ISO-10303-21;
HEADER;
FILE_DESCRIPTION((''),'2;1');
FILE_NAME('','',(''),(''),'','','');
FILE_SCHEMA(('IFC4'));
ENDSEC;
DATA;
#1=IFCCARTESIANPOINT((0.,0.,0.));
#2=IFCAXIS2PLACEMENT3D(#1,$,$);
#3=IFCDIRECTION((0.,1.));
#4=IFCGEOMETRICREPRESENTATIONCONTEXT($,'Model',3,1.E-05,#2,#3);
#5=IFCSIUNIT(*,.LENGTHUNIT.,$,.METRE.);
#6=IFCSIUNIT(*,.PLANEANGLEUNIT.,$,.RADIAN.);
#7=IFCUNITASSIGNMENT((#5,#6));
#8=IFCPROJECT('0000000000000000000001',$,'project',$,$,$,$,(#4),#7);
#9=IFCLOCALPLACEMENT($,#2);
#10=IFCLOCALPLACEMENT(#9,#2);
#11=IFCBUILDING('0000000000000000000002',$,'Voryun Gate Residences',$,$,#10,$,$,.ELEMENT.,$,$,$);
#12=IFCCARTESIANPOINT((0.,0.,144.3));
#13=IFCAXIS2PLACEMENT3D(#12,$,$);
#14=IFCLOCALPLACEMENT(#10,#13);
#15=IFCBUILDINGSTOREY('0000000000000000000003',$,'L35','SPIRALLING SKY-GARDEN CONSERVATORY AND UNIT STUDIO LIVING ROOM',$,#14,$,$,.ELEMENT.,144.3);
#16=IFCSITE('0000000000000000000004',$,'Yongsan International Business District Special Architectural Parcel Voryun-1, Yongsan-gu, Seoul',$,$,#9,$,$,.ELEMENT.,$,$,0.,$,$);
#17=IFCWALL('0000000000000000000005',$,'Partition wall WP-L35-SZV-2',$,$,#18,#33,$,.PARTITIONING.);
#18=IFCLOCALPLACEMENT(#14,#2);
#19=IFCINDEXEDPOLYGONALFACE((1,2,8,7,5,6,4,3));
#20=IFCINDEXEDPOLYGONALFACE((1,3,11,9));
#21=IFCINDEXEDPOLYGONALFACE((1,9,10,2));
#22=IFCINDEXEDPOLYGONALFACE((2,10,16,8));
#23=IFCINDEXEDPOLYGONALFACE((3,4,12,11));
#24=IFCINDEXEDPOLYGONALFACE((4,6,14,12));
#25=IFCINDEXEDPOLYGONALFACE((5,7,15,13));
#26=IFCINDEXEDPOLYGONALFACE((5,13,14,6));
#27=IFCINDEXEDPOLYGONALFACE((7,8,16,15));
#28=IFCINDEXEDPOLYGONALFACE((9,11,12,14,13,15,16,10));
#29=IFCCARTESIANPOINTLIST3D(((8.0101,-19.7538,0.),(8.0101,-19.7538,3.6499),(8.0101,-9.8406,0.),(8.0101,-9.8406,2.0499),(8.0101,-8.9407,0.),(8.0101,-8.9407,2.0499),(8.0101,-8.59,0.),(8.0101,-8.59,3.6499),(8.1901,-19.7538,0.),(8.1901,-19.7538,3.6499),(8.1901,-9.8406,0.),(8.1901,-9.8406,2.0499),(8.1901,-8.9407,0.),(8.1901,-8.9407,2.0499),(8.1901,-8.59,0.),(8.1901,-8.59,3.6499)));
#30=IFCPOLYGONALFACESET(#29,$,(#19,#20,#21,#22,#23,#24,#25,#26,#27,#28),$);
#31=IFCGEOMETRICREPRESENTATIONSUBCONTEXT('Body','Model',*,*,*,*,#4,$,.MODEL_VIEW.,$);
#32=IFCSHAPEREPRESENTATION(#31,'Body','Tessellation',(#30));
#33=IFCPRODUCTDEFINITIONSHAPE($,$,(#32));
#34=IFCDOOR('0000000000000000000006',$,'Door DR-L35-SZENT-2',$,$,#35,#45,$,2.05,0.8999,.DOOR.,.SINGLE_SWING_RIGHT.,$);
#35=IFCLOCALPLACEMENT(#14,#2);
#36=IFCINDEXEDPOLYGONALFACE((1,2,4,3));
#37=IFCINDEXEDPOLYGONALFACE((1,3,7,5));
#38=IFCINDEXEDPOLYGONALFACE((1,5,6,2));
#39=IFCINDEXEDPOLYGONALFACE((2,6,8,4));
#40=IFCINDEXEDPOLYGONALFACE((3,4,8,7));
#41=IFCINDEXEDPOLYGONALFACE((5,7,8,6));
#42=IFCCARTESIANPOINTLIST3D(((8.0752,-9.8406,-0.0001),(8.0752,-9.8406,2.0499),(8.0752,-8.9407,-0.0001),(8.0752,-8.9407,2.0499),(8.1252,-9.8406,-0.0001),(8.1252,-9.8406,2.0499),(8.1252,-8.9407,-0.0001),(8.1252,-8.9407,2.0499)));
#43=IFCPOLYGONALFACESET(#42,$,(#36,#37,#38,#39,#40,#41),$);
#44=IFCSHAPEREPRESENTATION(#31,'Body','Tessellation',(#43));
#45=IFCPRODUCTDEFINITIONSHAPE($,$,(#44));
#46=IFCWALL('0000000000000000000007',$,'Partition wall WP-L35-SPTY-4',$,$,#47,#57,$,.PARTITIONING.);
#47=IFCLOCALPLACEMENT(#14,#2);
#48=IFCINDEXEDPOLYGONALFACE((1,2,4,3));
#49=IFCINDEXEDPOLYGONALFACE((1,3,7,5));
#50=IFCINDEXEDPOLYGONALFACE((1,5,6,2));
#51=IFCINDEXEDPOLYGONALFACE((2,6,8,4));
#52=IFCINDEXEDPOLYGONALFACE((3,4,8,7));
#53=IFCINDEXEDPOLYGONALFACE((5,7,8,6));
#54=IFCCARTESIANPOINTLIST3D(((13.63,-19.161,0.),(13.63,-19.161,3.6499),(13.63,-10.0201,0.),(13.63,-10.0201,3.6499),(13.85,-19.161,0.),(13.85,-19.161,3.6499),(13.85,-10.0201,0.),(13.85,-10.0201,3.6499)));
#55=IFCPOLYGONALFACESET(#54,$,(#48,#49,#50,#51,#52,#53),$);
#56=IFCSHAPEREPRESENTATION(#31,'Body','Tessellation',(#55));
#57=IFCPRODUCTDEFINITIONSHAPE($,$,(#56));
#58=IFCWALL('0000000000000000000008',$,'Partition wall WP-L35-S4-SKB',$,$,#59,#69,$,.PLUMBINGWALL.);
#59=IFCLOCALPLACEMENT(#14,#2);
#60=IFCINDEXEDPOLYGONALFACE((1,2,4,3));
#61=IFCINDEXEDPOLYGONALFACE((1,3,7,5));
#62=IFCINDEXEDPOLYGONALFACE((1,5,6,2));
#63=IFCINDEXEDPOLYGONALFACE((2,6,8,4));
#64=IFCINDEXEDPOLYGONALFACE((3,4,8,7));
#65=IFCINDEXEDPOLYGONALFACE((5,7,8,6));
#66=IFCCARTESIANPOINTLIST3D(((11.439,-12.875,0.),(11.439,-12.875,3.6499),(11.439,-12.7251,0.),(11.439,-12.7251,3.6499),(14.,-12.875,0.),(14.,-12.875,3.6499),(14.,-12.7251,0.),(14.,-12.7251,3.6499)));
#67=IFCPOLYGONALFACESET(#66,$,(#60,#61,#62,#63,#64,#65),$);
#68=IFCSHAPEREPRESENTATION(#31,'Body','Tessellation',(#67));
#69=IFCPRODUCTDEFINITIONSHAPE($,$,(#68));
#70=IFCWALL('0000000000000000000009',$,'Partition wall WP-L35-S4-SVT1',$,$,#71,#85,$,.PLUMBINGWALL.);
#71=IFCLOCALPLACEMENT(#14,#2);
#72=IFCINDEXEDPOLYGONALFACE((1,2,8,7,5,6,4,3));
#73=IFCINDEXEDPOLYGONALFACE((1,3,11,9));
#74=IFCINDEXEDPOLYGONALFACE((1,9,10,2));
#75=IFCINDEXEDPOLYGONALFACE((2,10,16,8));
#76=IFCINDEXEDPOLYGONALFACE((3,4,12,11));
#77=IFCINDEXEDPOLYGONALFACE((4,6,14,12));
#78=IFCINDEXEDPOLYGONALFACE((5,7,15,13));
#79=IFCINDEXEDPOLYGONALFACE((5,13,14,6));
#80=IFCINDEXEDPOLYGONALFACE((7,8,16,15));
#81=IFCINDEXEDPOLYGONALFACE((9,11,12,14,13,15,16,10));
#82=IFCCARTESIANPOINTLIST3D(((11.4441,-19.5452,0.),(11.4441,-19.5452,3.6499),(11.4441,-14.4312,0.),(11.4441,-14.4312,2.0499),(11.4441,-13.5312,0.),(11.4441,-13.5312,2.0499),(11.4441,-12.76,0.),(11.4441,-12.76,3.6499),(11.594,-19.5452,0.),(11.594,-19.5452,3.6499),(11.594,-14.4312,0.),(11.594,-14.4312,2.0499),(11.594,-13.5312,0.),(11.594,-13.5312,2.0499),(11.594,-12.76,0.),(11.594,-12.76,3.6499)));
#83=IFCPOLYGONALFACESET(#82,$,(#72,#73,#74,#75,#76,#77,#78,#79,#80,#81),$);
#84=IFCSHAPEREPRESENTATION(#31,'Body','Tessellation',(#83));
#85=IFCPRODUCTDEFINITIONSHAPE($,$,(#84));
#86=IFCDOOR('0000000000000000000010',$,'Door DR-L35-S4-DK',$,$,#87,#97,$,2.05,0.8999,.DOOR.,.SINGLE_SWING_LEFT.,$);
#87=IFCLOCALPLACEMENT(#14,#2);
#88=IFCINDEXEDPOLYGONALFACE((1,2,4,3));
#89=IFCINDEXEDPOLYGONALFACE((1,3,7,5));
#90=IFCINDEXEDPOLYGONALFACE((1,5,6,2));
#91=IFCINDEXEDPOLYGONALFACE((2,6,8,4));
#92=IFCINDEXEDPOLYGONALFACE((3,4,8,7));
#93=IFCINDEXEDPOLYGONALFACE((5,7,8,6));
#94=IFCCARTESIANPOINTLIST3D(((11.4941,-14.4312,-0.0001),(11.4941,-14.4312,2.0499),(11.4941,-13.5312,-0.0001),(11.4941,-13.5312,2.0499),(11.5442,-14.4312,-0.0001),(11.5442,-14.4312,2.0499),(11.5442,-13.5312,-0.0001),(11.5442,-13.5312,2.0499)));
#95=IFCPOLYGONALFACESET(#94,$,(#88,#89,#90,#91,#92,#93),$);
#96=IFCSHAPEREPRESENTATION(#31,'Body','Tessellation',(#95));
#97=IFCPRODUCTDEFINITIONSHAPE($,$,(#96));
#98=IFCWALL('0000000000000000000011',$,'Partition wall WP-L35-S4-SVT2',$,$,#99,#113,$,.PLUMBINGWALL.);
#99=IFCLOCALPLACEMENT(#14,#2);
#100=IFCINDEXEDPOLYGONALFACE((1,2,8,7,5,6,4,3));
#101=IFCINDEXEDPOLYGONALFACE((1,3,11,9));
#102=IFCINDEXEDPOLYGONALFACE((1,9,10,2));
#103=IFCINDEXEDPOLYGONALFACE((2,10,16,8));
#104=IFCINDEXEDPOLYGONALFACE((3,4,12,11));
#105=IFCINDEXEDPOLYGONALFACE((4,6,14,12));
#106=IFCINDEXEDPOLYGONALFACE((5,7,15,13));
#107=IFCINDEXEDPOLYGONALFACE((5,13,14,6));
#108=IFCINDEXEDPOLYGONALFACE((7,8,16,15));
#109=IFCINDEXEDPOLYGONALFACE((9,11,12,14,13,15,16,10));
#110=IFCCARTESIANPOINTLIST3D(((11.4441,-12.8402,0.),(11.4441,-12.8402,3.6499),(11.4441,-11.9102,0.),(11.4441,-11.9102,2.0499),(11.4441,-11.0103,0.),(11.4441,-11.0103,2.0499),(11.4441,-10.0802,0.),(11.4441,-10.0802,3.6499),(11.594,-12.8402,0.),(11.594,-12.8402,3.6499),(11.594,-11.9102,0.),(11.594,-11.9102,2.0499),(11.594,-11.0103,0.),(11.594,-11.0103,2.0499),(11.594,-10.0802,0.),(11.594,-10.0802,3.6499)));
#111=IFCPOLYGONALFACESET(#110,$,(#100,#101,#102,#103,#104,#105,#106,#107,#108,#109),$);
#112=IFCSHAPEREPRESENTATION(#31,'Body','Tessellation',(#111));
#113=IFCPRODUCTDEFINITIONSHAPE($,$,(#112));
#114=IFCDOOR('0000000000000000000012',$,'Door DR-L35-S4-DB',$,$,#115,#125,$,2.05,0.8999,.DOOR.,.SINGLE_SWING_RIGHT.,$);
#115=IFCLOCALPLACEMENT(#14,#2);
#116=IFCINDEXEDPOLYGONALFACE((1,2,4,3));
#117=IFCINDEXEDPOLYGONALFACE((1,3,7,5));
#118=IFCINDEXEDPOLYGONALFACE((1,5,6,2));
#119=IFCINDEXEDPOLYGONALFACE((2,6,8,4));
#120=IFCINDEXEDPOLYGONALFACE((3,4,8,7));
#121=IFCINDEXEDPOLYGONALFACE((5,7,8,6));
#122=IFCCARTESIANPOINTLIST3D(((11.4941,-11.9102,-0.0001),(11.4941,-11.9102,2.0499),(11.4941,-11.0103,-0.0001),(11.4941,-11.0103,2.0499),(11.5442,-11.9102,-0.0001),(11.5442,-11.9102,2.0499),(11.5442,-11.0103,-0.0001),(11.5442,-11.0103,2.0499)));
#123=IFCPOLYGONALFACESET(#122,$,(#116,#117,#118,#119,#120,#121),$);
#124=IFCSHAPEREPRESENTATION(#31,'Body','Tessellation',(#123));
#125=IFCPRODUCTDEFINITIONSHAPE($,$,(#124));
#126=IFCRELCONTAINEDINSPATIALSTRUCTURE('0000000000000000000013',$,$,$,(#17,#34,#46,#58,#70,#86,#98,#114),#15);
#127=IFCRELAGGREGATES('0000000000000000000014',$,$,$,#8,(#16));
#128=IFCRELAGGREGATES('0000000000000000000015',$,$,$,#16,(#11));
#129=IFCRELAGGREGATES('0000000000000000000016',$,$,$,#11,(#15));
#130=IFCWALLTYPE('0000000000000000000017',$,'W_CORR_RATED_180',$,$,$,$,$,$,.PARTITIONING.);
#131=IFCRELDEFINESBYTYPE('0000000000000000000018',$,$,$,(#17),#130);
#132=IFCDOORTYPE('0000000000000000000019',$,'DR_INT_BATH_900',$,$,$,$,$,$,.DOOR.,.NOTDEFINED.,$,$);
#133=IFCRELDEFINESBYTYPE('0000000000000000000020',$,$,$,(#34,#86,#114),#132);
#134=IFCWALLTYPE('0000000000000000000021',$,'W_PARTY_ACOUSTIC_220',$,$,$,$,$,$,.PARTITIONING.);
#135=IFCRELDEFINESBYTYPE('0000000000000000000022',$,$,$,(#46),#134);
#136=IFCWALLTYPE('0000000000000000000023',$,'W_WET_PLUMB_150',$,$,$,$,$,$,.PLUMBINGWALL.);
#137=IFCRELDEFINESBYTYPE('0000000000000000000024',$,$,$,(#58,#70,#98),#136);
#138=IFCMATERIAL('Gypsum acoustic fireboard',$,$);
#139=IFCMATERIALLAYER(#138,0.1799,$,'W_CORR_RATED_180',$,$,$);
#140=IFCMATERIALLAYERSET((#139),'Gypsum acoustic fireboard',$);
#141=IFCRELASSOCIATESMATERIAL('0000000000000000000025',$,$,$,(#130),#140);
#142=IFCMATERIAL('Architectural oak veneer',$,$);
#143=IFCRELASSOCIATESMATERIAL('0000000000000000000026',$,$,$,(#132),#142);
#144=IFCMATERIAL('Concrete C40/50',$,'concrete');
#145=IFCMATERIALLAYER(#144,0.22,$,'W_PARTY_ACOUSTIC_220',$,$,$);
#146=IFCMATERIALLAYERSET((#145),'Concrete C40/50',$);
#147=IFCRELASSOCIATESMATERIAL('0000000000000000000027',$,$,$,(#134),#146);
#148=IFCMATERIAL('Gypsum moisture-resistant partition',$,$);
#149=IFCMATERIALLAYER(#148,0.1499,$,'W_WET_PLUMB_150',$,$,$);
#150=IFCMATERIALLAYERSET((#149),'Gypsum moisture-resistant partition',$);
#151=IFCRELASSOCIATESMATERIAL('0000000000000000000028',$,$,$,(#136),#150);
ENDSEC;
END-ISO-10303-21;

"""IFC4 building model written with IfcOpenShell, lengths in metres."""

from ifc_helpers import new_model, si_unit, direction, frame, frame_2d, origin, place, context, subcontext, project, spatial, rectangle, extrude, material, layer, layer_set, type_object, element, fill, save


model = new_model("IFC4")

# Units and contexts
model_context = context("Model", 3, precision=1e-05, world=origin(), true_north=direction((0.0, 1.0)))
body_context = subcontext(model_context, "Body", "Model", "MODEL_VIEW")
ifc_project = project(units=[si_unit("LENGTHUNIT", "METRE"), si_unit("PLANEANGLEUNIT", "RADIAN")], contexts=[model_context])

# Site, building, storey
site_placement = place(None, origin())
site = spatial("IfcSite", under=ifc_project, at=site_placement, Name="Yongsan International Business District Special Architectural Parcel Voryun-1, Yongsan-gu, Seoul", CompositionType="ELEMENT", RefElevation=0.0)
building_placement = place(site_placement, origin())
building = spatial("IfcBuilding", under=site, at=building_placement, Name="Voryun Gate Residences", CompositionType="ELEMENT")
storey_placement = place(building_placement, frame((0.0, 0.0, 144.3)))
storey = spatial("IfcBuildingStorey", under=building, at=storey_placement, Name="L35", Description="SPIRALLING SKY-GARDEN CONSERVATORY AND UNIT STUDIO LIVING ROOM", CompositionType="ELEMENT", Elevation=144.3)

# Shared definitions
ifc_material_1 = material(Name="Gypsum acoustic fireboard")
ifc_layer_1 = layer(ifc_material_1, 0.1799, Name="W_CORR_RATED_180")
ifc_layer_set_1 = layer_set([ifc_layer_1], Name="Gypsum acoustic fireboard")
wall_type_1 = type_object("IfcWallType", Name="W_CORR_RATED_180", PredefinedType="PARTITIONING", material=ifc_layer_set_1)

# Wall, opening, door
wall_1_placement = place(storey_placement, frame((8.1001, -19.7539, 0.0), z_axis=(0.0, 0.0, 1.0), x_axis=(0.0, 1.0, 0.0)))
wall_1 = element("IfcWall", 1, at=wall_1_placement, inside=storey, type_object=wall_type_1, Name="Partition wall WP-L35-SZV-2", PredefinedType="PARTITIONING", context=body_context, shape_type="SweptSolid", body=[
    extrude(rectangle(XDim=11.1638, YDim=0.1799, at=frame_2d((5.582, 0.0))), origin(), (0.0, 0.0, 1.0), 3.6499),
])
opening_1_placement = place(wall_1_placement, frame((9.9133, 0.0, 0.0)))
opening_1 = element("IfcOpeningElement", 2, at=opening_1_placement, cuts=wall_1, PredefinedType="OPENING", context=body_context, shape_type="SweptSolid", body=[
    extrude(rectangle(XDim=0.8999, YDim=2.05, at=frame_2d((0.45, 1.0249))), frame((0.0, 0.0999, 0.0), z_axis=(0.0, -1.0, 0.0), x_axis=(1.0, 0.0, 0.0)), (0.0, 0.0, 1.0), 0.2),
])
ifc_material_2 = material(Name="Architectural oak veneer")
door_type_1 = type_object("IfcDoorType", Name="DR_INT_BATH_900", OperationType="NOTDEFINED", PredefinedType="DOOR", material=ifc_material_2)
door_1_placement = place(opening_1_placement, origin())
door_1 = element("IfcDoor", 3, at=door_1_placement, inside=storey, type_object=door_type_1, Name="Door DR-L35-SZENT-2", OperationType="SINGLE_SWING_RIGHT", OverallHeight=2.05, OverallWidth=0.8999, PredefinedType="DOOR", context=body_context, shape_type="SweptSolid", body=[
    extrude(rectangle(XDim=0.8999, YDim=2.05, at=frame_2d((0.45, 1.0249))), frame((0.0, 0.0249, 0.0), z_axis=(0.0, -1.0, 0.0), x_axis=(1.0, 0.0, 0.0)), (0.0, 0.0, 1.0), 0.05),
])
fill(opening_1, door_1)

# Walls
ifc_material_3 = material(Name="Concrete C40/50", Category="concrete")
ifc_layer_2 = layer(ifc_material_3, 0.22, Name="W_PARTY_ACOUSTIC_220")
ifc_layer_set_2 = layer_set([ifc_layer_2], Name="Concrete C40/50")
wall_type_2 = type_object("IfcWallType", Name="W_PARTY_ACOUSTIC_220", PredefinedType="PARTITIONING", material=ifc_layer_set_2)
wall_2_placement = place(storey_placement, frame((13.74, -19.1609, 0.0), z_axis=(0.0, 0.0, 1.0), x_axis=(0.0, 1.0, 0.0)))
element("IfcWall", 4, at=wall_2_placement, inside=storey, type_object=wall_type_2, Name="Partition wall WP-L35-SPTY-4", PredefinedType="PARTITIONING", context=body_context, shape_type="SweptSolid", body=[
    extrude(rectangle(XDim=9.1409, YDim=0.22, at=frame_2d((4.5703, 0.0))), origin(), (0.0, 0.0, 1.0), 3.6499),
])
ifc_material_4 = material(Name="Gypsum moisture-resistant partition")
ifc_layer_3 = layer(ifc_material_4, 0.1499, Name="W_WET_PLUMB_150")
ifc_layer_set_3 = layer_set([ifc_layer_3], Name="Gypsum moisture-resistant partition")
wall_type_3 = type_object("IfcWallType", Name="W_WET_PLUMB_150", PredefinedType="PLUMBINGWALL", material=ifc_layer_set_3)
wall_3_placement = place(storey_placement, frame((11.439, -12.8, 0.0), z_axis=(0.0, 0.0, 1.0), x_axis=(1.0, 0.0, 0.0)))
element("IfcWall", 5, at=wall_3_placement, inside=storey, type_object=wall_type_3, Name="Partition wall WP-L35-S4-SKB", PredefinedType="PLUMBINGWALL", context=body_context, shape_type="SweptSolid", body=[
    extrude(rectangle(XDim=2.561, YDim=0.1499, at=frame_2d((1.2805, 0.0))), origin(), (0.0, 0.0, 1.0), 3.6499),
])

# Walls, openings, doors
wall_4_placement = place(storey_placement, frame((11.519, -19.5452, 0.0), z_axis=(0.0, 0.0, 1.0), x_axis=(0.0, 1.0, 0.0)))
wall_4 = element("IfcWall", 6, at=wall_4_placement, inside=storey, type_object=wall_type_3, Name="Partition wall WP-L35-S4-SVT1", PredefinedType="PLUMBINGWALL", context=body_context, shape_type="SweptSolid", body=[
    extrude(rectangle(XDim=6.7852, YDim=0.1499, at=frame_2d((3.3926, 0.0))), origin(), (0.0, 0.0, 1.0), 3.6499),
])
opening_2_placement = place(wall_4_placement, frame((5.114, 0.0, 0.0)))
opening_2 = element("IfcOpeningElement", 7, at=opening_2_placement, cuts=wall_4, PredefinedType="OPENING", context=body_context, shape_type="SweptSolid", body=[
    extrude(rectangle(XDim=0.8999, YDim=2.05, at=frame_2d((0.45, 1.0249))), frame((0.0, 0.085, 0.0), z_axis=(0.0, -1.0, 0.0), x_axis=(1.0, 0.0, 0.0)), (0.0, 0.0, 1.0), 0.1699),
])
door_2_placement = place(opening_2_placement, origin())
door_2 = element("IfcDoor", 8, at=door_2_placement, inside=storey, type_object=door_type_1, Name="Door DR-L35-S4-DK", OperationType="SINGLE_SWING_LEFT", OverallHeight=2.05, OverallWidth=0.8999, PredefinedType="DOOR", context=body_context, shape_type="SweptSolid", body=[
    extrude(rectangle(XDim=0.8999, YDim=2.05, at=frame_2d((0.45, 1.0249))), frame((0.0, 0.0249, 0.0), z_axis=(0.0, -1.0, 0.0), x_axis=(1.0, 0.0, 0.0)), (0.0, 0.0, 1.0), 0.05),
])
fill(opening_2, door_2)
wall_5_placement = place(storey_placement, frame((11.519, -12.8401, 0.0), z_axis=(0.0, 0.0, 1.0), x_axis=(0.0, 1.0, 0.0)))
wall_5 = element("IfcWall", 9, at=wall_5_placement, inside=storey, type_object=wall_type_3, Name="Partition wall WP-L35-S4-SVT2", PredefinedType="PLUMBINGWALL", context=body_context, shape_type="SweptSolid", body=[
    extrude(rectangle(XDim=2.76, YDim=0.1499, at=frame_2d((1.3799, 0.0))), origin(), (0.0, 0.0, 1.0), 3.6499),
])
opening_3_placement = place(wall_5_placement, frame((0.9299, 0.0, 0.0)))
opening_3 = element("IfcOpeningElement", 10, at=opening_3_placement, cuts=wall_5, PredefinedType="OPENING", context=body_context, shape_type="SweptSolid", body=[
    extrude(rectangle(XDim=0.8999, YDim=2.05, at=frame_2d((0.45, 1.0249))), frame((0.0, 0.085, 0.0), z_axis=(0.0, -1.0, 0.0), x_axis=(1.0, 0.0, 0.0)), (0.0, 0.0, 1.0), 0.1699),
])
door_3_placement = place(opening_3_placement, origin())
door_3 = element("IfcDoor", 11, at=door_3_placement, inside=storey, type_object=door_type_1, Name="Door DR-L35-S4-DB", OperationType="SINGLE_SWING_RIGHT", OverallHeight=2.05, OverallWidth=0.8999, PredefinedType="DOOR", context=body_context, shape_type="SweptSolid", body=[
    extrude(rectangle(XDim=0.8999, YDim=2.05, at=frame_2d((0.45, 1.0249))), frame((0.0, 0.0249, 0.0), z_axis=(0.0, -1.0, 0.0), x_axis=(1.0, 0.0, 0.0)), (0.0, 0.0, 1.0), 0.05),
])
fill(opening_3, door_3)

save(model, "model.ifc")
